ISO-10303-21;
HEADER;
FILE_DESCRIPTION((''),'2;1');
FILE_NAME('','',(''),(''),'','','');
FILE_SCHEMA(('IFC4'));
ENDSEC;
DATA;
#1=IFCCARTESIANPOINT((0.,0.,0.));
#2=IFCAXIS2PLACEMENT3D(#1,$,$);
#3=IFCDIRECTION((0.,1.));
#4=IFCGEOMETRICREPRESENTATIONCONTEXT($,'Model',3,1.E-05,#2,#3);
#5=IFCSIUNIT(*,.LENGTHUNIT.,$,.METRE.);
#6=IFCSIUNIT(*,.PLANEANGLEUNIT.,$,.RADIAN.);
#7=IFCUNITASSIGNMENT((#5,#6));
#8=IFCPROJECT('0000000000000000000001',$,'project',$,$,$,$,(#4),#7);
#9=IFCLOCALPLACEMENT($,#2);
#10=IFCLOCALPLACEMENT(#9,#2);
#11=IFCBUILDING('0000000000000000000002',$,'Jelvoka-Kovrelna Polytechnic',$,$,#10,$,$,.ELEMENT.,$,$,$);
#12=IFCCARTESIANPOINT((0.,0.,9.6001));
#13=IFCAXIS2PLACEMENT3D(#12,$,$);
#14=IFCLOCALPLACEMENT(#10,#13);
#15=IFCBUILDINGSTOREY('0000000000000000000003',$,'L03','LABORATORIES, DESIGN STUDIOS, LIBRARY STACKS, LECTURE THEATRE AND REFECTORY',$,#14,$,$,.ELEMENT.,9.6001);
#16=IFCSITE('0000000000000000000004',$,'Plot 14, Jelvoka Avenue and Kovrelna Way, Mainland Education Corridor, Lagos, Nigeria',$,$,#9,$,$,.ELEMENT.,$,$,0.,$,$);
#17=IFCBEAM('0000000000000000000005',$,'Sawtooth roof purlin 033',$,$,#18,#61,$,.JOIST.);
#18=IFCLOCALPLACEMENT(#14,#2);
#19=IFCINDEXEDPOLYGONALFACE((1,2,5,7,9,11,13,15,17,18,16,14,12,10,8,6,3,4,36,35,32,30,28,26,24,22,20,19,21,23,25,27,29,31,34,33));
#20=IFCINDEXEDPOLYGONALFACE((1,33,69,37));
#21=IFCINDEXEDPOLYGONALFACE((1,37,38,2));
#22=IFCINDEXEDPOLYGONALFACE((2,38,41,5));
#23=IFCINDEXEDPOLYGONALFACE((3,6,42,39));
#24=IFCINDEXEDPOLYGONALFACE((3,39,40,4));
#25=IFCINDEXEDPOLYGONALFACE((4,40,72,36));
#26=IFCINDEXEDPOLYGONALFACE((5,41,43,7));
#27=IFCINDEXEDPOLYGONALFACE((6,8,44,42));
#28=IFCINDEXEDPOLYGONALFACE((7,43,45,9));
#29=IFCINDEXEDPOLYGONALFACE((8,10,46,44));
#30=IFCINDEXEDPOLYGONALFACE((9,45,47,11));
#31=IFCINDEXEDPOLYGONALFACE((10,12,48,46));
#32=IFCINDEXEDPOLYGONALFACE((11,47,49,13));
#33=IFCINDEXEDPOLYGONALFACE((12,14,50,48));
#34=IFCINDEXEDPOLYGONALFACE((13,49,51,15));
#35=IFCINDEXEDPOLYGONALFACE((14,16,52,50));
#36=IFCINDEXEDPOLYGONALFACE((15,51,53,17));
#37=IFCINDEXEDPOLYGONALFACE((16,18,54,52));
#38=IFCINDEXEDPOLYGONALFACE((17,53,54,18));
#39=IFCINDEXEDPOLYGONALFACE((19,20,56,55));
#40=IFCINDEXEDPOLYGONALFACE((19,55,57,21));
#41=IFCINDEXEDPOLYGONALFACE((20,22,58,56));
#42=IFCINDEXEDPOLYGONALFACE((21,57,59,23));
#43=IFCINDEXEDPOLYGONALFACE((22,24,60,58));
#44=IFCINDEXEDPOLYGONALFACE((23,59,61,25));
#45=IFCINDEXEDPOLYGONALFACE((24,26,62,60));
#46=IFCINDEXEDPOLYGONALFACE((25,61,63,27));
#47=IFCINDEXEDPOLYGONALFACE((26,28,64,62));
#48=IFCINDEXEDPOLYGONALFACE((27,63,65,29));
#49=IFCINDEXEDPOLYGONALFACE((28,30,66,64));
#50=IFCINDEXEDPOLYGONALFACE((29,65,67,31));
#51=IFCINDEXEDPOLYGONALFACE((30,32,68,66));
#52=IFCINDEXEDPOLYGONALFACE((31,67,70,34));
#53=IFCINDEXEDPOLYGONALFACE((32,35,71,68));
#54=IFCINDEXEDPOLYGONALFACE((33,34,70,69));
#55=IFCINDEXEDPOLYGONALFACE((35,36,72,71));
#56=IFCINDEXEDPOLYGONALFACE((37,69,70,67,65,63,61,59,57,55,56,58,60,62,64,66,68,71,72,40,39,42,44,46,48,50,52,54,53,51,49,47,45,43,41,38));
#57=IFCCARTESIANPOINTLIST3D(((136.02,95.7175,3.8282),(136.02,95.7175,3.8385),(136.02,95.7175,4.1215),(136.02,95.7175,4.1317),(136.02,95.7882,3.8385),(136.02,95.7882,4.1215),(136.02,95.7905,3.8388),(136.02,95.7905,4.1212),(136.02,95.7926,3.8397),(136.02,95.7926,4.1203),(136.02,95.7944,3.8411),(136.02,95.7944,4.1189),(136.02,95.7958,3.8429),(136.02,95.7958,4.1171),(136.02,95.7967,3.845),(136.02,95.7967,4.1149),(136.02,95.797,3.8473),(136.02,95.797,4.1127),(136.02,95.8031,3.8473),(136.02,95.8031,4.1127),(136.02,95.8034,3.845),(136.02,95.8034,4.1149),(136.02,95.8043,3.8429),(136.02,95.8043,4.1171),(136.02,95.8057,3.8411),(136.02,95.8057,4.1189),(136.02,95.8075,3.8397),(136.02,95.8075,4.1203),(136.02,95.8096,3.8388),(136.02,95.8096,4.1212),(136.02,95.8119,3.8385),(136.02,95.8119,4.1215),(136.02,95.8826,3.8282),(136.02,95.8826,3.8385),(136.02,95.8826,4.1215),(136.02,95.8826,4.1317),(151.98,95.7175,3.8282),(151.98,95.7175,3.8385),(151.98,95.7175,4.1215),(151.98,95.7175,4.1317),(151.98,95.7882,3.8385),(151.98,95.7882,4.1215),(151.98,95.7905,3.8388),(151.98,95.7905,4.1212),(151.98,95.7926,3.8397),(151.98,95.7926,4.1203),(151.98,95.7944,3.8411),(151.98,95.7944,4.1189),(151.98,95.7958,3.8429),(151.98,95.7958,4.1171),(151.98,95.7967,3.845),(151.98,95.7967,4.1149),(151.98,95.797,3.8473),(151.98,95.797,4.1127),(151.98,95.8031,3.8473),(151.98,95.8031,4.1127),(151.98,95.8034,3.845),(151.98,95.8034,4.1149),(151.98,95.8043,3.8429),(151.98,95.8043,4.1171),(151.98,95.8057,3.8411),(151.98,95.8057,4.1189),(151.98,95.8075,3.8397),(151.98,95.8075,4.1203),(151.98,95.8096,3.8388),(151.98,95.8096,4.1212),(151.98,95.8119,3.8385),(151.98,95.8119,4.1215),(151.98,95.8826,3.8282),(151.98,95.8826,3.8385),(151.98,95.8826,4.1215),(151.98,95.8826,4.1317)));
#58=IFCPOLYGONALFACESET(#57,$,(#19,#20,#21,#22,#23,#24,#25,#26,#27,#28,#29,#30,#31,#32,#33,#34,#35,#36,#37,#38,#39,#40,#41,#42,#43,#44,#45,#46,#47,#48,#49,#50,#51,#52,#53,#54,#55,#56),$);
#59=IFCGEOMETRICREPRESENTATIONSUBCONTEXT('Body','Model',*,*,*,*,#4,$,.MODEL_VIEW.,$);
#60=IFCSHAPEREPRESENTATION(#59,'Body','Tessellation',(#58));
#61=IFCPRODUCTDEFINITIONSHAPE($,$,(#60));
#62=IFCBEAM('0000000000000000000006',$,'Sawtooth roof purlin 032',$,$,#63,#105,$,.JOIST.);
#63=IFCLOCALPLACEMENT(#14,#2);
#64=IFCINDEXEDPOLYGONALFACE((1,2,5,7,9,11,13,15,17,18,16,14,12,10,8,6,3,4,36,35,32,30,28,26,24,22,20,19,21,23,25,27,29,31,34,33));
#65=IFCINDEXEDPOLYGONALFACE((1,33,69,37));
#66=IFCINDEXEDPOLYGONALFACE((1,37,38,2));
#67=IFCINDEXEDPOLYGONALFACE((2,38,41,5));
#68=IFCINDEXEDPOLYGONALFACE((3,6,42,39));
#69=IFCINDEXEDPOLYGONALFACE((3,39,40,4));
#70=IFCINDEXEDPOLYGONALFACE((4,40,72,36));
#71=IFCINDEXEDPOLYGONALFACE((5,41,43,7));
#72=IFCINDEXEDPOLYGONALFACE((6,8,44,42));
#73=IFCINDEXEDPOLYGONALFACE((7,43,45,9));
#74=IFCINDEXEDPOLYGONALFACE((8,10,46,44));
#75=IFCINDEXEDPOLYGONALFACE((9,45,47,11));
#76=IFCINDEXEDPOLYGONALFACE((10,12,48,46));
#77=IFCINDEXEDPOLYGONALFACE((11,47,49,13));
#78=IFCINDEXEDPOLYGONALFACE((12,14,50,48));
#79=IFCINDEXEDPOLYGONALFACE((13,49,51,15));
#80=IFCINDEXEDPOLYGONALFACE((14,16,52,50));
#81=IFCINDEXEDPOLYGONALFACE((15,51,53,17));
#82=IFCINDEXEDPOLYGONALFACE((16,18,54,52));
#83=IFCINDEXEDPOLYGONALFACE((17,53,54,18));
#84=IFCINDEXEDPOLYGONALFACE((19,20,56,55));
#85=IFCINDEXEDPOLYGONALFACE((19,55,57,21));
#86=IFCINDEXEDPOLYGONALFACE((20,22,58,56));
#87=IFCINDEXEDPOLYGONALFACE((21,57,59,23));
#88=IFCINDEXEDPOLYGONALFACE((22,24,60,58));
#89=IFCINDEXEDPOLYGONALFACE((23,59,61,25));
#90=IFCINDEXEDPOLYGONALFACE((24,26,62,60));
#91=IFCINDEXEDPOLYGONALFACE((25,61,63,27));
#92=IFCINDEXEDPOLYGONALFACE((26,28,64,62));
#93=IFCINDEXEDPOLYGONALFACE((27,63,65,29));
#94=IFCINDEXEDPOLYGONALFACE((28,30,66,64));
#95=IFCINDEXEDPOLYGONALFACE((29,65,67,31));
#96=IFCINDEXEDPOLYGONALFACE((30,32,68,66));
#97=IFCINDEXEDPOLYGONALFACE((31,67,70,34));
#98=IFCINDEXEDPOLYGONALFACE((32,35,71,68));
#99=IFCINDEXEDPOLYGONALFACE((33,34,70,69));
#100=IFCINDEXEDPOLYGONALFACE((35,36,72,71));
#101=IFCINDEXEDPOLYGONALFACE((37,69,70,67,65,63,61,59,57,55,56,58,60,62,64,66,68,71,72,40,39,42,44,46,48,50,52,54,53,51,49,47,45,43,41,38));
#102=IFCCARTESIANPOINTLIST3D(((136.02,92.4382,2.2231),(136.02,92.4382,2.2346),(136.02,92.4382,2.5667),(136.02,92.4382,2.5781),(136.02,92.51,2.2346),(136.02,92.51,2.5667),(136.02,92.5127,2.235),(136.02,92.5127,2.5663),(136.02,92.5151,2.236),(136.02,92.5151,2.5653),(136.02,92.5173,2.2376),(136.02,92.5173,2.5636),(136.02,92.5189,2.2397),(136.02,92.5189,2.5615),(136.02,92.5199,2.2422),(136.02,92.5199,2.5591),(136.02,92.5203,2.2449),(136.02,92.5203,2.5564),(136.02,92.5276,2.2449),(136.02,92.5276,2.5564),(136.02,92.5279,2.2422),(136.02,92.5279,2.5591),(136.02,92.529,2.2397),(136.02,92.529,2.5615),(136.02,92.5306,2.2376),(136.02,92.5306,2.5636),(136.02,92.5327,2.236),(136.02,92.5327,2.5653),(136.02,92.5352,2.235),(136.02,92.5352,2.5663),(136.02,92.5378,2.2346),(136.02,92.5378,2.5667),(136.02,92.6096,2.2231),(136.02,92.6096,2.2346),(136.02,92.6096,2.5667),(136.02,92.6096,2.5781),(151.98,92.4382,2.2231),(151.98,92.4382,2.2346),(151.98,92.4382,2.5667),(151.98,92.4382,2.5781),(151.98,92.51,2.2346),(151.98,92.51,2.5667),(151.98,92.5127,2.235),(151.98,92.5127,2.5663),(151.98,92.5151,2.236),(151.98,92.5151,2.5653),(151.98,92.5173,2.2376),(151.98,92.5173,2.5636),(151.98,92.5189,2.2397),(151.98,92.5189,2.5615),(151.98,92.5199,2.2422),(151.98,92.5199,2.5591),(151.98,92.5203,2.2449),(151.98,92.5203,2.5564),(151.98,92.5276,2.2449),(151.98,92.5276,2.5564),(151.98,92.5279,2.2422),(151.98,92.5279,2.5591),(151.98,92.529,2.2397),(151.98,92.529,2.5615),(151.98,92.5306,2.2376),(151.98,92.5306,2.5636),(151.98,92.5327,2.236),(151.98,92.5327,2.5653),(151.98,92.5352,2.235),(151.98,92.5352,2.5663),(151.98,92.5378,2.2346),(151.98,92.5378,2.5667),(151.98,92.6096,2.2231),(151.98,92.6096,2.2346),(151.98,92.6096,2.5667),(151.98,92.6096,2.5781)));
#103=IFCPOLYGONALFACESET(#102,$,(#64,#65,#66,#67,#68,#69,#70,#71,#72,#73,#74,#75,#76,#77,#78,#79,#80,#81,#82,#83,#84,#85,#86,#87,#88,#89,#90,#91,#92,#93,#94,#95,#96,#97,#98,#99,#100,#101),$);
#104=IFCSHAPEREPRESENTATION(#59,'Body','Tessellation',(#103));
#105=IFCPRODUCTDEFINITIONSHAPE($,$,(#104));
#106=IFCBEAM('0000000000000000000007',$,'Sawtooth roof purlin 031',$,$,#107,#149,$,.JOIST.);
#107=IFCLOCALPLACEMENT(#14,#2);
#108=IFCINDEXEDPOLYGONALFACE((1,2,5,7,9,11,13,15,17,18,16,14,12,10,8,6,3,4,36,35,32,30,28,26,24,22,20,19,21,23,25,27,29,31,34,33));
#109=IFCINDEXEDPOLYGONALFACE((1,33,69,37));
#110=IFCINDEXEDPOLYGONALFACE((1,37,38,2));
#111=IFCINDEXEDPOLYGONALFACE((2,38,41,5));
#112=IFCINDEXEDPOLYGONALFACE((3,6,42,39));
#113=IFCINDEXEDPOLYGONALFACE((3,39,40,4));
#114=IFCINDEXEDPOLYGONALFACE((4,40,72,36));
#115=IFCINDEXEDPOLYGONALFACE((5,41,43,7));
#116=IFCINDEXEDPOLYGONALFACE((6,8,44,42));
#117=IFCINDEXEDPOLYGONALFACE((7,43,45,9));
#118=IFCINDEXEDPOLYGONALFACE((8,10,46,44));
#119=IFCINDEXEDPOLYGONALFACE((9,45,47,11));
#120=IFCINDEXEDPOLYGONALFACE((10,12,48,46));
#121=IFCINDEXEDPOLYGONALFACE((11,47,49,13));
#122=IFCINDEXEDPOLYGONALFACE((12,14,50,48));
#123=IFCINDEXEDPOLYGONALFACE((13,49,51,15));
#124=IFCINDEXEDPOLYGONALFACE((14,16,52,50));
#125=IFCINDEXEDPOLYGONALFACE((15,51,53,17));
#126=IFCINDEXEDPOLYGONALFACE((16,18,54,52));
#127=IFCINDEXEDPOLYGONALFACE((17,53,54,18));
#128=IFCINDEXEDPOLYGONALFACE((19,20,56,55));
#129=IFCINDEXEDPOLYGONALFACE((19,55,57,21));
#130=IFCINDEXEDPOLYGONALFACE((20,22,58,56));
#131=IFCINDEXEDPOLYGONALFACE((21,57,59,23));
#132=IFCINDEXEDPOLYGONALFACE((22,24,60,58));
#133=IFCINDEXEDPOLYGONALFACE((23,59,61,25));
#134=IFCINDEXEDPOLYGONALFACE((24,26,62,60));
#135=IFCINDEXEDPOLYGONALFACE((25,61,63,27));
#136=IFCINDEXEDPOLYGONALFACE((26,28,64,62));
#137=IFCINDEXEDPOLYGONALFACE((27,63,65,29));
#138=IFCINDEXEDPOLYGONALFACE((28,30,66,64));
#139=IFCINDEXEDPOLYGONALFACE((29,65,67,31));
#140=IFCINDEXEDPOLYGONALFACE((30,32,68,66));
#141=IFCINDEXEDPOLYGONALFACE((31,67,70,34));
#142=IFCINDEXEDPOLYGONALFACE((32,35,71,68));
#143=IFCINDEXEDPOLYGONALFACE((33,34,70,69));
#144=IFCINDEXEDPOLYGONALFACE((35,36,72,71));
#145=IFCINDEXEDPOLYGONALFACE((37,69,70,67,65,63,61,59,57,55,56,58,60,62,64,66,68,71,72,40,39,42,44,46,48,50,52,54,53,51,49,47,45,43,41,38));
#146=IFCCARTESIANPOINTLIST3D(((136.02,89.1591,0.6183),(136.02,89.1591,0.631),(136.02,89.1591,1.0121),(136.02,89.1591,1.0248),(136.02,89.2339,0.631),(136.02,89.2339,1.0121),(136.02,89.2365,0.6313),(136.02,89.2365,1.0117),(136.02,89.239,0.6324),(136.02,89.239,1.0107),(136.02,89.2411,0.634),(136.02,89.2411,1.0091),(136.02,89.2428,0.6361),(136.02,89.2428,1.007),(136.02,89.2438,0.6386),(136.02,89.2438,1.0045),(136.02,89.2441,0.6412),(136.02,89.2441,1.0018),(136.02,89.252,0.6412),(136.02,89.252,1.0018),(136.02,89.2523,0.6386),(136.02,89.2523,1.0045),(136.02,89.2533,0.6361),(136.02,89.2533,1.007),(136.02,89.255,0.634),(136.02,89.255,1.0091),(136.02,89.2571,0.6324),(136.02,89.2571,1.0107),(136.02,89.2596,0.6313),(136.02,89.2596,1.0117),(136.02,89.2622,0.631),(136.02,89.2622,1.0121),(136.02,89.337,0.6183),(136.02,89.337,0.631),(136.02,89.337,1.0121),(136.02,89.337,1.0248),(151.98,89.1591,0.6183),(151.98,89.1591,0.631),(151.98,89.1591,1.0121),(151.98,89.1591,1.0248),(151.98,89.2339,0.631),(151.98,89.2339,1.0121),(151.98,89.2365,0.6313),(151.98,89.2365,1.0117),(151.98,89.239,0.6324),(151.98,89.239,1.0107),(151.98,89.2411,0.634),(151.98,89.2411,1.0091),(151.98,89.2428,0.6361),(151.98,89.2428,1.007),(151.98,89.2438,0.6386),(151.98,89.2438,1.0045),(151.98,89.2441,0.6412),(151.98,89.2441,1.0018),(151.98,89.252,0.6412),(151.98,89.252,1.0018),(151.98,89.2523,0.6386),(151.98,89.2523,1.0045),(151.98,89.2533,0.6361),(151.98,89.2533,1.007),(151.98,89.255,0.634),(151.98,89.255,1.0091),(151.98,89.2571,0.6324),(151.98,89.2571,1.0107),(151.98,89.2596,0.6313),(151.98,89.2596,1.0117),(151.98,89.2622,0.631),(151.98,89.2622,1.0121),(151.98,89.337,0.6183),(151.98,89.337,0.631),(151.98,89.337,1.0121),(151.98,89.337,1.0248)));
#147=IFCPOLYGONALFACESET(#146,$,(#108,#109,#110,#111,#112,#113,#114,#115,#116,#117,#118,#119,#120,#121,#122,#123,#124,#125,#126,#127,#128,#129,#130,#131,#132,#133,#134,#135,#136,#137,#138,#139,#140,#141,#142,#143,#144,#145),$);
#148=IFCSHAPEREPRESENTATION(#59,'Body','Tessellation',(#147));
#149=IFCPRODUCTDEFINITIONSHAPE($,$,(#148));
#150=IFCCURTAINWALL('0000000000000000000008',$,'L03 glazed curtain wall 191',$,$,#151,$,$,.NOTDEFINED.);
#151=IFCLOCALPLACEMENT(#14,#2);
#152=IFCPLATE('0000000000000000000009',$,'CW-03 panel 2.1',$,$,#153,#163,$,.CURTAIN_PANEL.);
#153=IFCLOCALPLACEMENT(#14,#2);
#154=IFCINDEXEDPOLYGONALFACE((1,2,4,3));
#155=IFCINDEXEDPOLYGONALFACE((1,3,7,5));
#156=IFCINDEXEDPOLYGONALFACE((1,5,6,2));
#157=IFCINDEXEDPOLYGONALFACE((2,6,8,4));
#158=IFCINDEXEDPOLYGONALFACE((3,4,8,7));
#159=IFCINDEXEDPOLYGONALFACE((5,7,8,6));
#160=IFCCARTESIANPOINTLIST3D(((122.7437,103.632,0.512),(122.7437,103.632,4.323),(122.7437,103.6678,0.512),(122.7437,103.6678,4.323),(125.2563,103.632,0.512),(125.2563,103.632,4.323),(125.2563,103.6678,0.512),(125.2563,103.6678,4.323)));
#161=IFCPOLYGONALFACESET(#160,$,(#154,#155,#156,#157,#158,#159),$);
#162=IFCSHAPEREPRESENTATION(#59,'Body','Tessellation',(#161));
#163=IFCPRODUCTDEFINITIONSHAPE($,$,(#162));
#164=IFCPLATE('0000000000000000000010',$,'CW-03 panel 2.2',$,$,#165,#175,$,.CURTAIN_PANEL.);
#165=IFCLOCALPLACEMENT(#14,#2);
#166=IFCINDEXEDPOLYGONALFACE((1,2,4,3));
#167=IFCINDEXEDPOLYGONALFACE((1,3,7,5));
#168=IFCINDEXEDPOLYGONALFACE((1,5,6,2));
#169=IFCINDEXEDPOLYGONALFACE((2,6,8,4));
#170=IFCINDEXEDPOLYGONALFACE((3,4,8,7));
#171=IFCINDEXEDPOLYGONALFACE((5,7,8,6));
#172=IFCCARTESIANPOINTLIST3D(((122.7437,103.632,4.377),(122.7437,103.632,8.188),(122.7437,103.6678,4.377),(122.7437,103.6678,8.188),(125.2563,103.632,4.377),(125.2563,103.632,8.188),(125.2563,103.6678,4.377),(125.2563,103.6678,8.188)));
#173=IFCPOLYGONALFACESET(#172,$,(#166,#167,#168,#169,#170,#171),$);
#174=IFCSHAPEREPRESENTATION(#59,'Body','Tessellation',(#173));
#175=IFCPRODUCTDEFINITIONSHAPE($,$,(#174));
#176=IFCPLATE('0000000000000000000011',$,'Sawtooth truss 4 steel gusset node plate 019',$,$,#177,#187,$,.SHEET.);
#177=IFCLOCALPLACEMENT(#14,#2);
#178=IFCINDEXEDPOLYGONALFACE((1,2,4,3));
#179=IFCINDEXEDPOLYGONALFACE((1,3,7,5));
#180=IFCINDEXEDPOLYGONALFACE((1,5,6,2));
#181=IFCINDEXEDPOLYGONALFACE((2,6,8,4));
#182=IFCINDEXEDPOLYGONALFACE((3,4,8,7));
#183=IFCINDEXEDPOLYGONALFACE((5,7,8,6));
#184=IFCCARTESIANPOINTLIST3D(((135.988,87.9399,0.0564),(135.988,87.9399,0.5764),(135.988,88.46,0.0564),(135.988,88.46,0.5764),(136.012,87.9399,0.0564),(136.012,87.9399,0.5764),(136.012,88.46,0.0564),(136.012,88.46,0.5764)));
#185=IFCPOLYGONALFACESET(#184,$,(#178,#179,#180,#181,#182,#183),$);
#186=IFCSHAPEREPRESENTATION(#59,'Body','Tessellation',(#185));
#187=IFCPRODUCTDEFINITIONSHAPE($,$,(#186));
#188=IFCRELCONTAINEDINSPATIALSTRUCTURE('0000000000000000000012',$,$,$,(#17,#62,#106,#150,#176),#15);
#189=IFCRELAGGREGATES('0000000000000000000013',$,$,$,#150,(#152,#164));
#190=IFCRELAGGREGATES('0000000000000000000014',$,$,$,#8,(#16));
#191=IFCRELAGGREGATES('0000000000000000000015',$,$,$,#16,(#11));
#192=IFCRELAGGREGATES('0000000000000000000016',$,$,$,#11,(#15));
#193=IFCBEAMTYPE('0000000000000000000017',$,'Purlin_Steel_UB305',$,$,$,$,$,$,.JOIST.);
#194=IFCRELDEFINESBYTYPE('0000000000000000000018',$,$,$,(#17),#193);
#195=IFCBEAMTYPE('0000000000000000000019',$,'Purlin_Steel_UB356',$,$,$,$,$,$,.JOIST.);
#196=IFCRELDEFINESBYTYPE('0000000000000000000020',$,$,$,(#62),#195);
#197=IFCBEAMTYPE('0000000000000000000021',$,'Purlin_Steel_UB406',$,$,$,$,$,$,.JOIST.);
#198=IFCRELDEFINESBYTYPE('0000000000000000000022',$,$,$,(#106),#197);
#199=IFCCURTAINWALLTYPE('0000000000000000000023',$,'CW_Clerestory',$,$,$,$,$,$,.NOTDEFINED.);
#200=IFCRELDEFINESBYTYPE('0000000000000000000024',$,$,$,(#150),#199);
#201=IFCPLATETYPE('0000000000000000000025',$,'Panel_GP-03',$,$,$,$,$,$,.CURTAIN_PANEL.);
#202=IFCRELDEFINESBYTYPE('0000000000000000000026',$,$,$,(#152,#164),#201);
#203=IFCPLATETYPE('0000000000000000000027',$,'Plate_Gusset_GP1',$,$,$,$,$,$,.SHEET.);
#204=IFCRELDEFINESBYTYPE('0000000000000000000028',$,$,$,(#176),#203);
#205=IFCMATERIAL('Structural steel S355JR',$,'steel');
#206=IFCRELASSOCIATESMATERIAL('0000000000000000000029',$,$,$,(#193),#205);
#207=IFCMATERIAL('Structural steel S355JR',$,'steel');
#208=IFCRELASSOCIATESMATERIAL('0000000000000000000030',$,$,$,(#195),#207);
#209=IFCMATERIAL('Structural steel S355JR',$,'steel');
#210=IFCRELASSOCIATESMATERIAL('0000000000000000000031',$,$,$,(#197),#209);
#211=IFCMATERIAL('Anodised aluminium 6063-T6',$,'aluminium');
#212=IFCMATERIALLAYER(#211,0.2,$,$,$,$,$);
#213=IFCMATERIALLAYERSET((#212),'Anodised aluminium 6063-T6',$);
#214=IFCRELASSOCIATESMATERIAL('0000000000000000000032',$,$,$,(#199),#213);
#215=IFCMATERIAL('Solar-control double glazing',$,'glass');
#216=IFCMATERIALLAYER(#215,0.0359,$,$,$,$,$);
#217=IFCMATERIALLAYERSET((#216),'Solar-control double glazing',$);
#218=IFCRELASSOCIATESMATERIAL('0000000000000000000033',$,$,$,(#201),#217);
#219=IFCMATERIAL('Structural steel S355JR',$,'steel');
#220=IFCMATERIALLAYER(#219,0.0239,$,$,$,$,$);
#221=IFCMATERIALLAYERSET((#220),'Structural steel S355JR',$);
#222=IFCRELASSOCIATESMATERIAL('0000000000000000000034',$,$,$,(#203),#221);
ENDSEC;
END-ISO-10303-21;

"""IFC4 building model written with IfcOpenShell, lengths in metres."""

from ifc_helpers import new_model, si_unit, direction, frame, origin, origin_2d, place, context, subcontext, project, spatial, rectangle, i_section, extrude, material, layer, layer_set, material_profile, profile_set, type_object, element, aggregate, save


model = new_model("IFC4")

# Units and contexts
model_context = context("Model", 3, precision=1e-05, world=origin(), true_north=direction((0.0, 1.0)))
body_context = subcontext(model_context, "Body", "Model", "MODEL_VIEW")
ifc_project = project(units=[si_unit("LENGTHUNIT", "METRE"), si_unit("PLANEANGLEUNIT", "RADIAN")], contexts=[model_context])

# Site, building, storey
site_placement = place(None, origin())
site = spatial("IfcSite", under=ifc_project, at=site_placement, Name="Plot 14, Jelvoka Avenue and Kovrelna Way, Mainland Education Corridor, Lagos, Nigeria", CompositionType="ELEMENT", RefElevation=0.0)
building_placement = place(site_placement, origin())
building = spatial("IfcBuilding", under=site, at=building_placement, Name="Jelvoka-Kovrelna Polytechnic", CompositionType="ELEMENT")
storey_placement = place(building_placement, frame((0.0, 0.0, 9.6001)))
storey = spatial("IfcBuildingStorey", under=building, at=storey_placement, Name="L03", Description="LABORATORIES, DESIGN STUDIOS, LIBRARY STACKS, LECTURE THEATRE AND REFECTORY", CompositionType="ELEMENT", Elevation=9.6001)

# Beams
ifc_material_1 = material(Name="Structural steel S355JR", Category="steel")
ifc_material_profile_1 = material_profile(ifc_material_1, i_section(OverallWidth=0.165, OverallDepth=0.3035, WebThickness=0.0061, FlangeThickness=0.0103, FilletRadius=0.0088, at=origin_2d()), Name="305x165x40 UB")
ifc_profile_set_1 = profile_set([ifc_material_profile_1], Name="Structural steel S355JR")
beam_type_1 = type_object("IfcBeamType", Name="Purlin_Steel_UB305", PredefinedType="JOIST", material=ifc_profile_set_1)
beam_1_placement = place(storey_placement, frame((136.02, 95.8, 3.98), z_axis=(1.0, 0.0, 0.0), x_axis=(0.0, 1.0, 0.0)))
element("IfcBeam", 1, at=beam_1_placement, inside=storey, type_object=beam_type_1, Name="Sawtooth roof purlin 033", PredefinedType="JOIST", context=body_context, shape_type="SweptSolid", body=[
    extrude(i_section(OverallWidth=0.165, OverallDepth=0.3035, WebThickness=0.0061, FlangeThickness=0.0103, FilletRadius=0.0088, at=origin_2d()), origin(), (0.0, 0.0, 1.0), 15.96),
])
ifc_material_2 = material(Name="Structural steel S355JR", Category="steel")
ifc_material_profile_2 = material_profile(ifc_material_2, i_section(OverallWidth=0.1714, OverallDepth=0.355, WebThickness=0.0073, FlangeThickness=0.0115, FilletRadius=0.0103, at=origin_2d()), Name="356x171x51 UB")
ifc_profile_set_2 = profile_set([ifc_material_profile_2], Name="Structural steel S355JR")
beam_type_2 = type_object("IfcBeamType", Name="Purlin_Steel_UB356", PredefinedType="JOIST", material=ifc_profile_set_2)
beam_2_placement = place(storey_placement, frame((136.02, 92.5239, 2.4006), z_axis=(1.0, 0.0, 0.0), x_axis=(0.0, 1.0, 0.0)))
element("IfcBeam", 2, at=beam_2_placement, inside=storey, type_object=beam_type_2, Name="Sawtooth roof purlin 032", PredefinedType="JOIST", context=body_context, shape_type="SweptSolid", body=[
    extrude(i_section(OverallWidth=0.1714, OverallDepth=0.355, WebThickness=0.0073, FlangeThickness=0.0115, FilletRadius=0.0103, at=origin_2d()), origin(), (0.0, 0.0, 1.0), 15.96),
])
ifc_material_3 = material(Name="Structural steel S355JR", Category="steel")
ifc_material_profile_3 = material_profile(ifc_material_3, i_section(OverallWidth=0.178, OverallDepth=0.4065, WebThickness=0.0078, FlangeThickness=0.0127, FilletRadius=0.0103, at=origin_2d()), Name="406x178x60 UB")
ifc_profile_set_3 = profile_set([ifc_material_profile_3], Name="Structural steel S355JR")
beam_type_3 = type_object("IfcBeamType", Name="Purlin_Steel_UB406", PredefinedType="JOIST", material=ifc_profile_set_3)
beam_3_placement = place(storey_placement, frame((136.02, 89.248, 0.8215), z_axis=(1.0, 0.0, 0.0), x_axis=(0.0, 1.0, 0.0)))
element("IfcBeam", 3, at=beam_3_placement, inside=storey, type_object=beam_type_3, Name="Sawtooth roof purlin 031", PredefinedType="JOIST", context=body_context, shape_type="SweptSolid", body=[
    extrude(i_section(OverallWidth=0.178, OverallDepth=0.4065, WebThickness=0.0078, FlangeThickness=0.0127, FilletRadius=0.0103, at=origin_2d()), origin(), (0.0, 0.0, 1.0), 15.96),
])

# Curtain wall, plates
ifc_material_4 = material(Name="Anodised aluminium 6063-T6", Category="aluminium")
ifc_layer_1 = layer(ifc_material_4, 0.2)
ifc_layer_set_1 = layer_set([ifc_layer_1], Name="Anodised aluminium 6063-T6")
curtain_wall_type = type_object("IfcCurtainWallType", Name="CW_Clerestory", PredefinedType="NOTDEFINED", material=ifc_layer_set_1)
curtain_wall_placement = place(storey_placement, origin())
curtain_wall = element("IfcCurtainWall", 4, at=curtain_wall_placement, inside=storey, type_object=curtain_wall_type, Name="L03 glazed curtain wall 191", PredefinedType="NOTDEFINED")
ifc_material_5 = material(Name="Solar-control double glazing", Category="glass")
ifc_layer_2 = layer(ifc_material_5, 0.0359)
ifc_layer_set_2 = layer_set([ifc_layer_2], Name="Solar-control double glazing")
plate_type_1 = type_object("IfcPlateType", Name="Panel_GP-03", PredefinedType="CURTAIN_PANEL", material=ifc_layer_set_2)
plate_1_placement = place(storey_placement, frame((124.0, 103.6499, 0.512), z_axis=(0.0, 0.0, 1.0), x_axis=(1.0, 0.0, 0.0)))
plate_1 = element("IfcPlate", 5, at=plate_1_placement, type_object=plate_type_1, Name="CW-03 panel 2.1", PredefinedType="CURTAIN_PANEL", context=body_context, shape_type="SweptSolid", body=[
    extrude(rectangle(XDim=2.5127, YDim=0.0359, at=origin_2d()), origin(), (0.0, 0.0, 1.0), 3.811),
])
plate_2_placement = place(storey_placement, frame((124.0, 103.6499, 4.377), z_axis=(0.0, 0.0, 1.0), x_axis=(1.0, 0.0, 0.0)))
plate_2 = element("IfcPlate", 6, at=plate_2_placement, type_object=plate_type_1, Name="CW-03 panel 2.2", PredefinedType="CURTAIN_PANEL", context=body_context, shape_type="SweptSolid", body=[
    extrude(rectangle(XDim=2.5127, YDim=0.0359, at=origin_2d()), origin(), (0.0, 0.0, 1.0), 3.811),
])
aggregate(curtain_wall, [plate_1, plate_2])

# Plate
ifc_material_6 = material(Name="Structural steel S355JR", Category="steel")
ifc_layer_3 = layer(ifc_material_6, 0.0239)
ifc_layer_set_3 = layer_set([ifc_layer_3], Name="Structural steel S355JR")
plate_type_2 = type_object("IfcPlateType", Name="Plate_Gusset_GP1", PredefinedType="SHEET", material=ifc_layer_set_3)
plate_3_placement = place(storey_placement, frame((136.0, 88.2, 0.0564), z_axis=(0.0, 0.0, 1.0), x_axis=(0.0, 1.0, 0.0)))
element("IfcPlate", 7, at=plate_3_placement, inside=storey, type_object=plate_type_2, Name="Sawtooth truss 4 steel gusset node plate 019", PredefinedType="SHEET", context=body_context, shape_type="SweptSolid", body=[
    extrude(rectangle(XDim=0.52, YDim=0.0239, at=origin_2d()), origin(), (0.0, 0.0, 1.0), 0.52),
])

save(model, "model.ifc")
